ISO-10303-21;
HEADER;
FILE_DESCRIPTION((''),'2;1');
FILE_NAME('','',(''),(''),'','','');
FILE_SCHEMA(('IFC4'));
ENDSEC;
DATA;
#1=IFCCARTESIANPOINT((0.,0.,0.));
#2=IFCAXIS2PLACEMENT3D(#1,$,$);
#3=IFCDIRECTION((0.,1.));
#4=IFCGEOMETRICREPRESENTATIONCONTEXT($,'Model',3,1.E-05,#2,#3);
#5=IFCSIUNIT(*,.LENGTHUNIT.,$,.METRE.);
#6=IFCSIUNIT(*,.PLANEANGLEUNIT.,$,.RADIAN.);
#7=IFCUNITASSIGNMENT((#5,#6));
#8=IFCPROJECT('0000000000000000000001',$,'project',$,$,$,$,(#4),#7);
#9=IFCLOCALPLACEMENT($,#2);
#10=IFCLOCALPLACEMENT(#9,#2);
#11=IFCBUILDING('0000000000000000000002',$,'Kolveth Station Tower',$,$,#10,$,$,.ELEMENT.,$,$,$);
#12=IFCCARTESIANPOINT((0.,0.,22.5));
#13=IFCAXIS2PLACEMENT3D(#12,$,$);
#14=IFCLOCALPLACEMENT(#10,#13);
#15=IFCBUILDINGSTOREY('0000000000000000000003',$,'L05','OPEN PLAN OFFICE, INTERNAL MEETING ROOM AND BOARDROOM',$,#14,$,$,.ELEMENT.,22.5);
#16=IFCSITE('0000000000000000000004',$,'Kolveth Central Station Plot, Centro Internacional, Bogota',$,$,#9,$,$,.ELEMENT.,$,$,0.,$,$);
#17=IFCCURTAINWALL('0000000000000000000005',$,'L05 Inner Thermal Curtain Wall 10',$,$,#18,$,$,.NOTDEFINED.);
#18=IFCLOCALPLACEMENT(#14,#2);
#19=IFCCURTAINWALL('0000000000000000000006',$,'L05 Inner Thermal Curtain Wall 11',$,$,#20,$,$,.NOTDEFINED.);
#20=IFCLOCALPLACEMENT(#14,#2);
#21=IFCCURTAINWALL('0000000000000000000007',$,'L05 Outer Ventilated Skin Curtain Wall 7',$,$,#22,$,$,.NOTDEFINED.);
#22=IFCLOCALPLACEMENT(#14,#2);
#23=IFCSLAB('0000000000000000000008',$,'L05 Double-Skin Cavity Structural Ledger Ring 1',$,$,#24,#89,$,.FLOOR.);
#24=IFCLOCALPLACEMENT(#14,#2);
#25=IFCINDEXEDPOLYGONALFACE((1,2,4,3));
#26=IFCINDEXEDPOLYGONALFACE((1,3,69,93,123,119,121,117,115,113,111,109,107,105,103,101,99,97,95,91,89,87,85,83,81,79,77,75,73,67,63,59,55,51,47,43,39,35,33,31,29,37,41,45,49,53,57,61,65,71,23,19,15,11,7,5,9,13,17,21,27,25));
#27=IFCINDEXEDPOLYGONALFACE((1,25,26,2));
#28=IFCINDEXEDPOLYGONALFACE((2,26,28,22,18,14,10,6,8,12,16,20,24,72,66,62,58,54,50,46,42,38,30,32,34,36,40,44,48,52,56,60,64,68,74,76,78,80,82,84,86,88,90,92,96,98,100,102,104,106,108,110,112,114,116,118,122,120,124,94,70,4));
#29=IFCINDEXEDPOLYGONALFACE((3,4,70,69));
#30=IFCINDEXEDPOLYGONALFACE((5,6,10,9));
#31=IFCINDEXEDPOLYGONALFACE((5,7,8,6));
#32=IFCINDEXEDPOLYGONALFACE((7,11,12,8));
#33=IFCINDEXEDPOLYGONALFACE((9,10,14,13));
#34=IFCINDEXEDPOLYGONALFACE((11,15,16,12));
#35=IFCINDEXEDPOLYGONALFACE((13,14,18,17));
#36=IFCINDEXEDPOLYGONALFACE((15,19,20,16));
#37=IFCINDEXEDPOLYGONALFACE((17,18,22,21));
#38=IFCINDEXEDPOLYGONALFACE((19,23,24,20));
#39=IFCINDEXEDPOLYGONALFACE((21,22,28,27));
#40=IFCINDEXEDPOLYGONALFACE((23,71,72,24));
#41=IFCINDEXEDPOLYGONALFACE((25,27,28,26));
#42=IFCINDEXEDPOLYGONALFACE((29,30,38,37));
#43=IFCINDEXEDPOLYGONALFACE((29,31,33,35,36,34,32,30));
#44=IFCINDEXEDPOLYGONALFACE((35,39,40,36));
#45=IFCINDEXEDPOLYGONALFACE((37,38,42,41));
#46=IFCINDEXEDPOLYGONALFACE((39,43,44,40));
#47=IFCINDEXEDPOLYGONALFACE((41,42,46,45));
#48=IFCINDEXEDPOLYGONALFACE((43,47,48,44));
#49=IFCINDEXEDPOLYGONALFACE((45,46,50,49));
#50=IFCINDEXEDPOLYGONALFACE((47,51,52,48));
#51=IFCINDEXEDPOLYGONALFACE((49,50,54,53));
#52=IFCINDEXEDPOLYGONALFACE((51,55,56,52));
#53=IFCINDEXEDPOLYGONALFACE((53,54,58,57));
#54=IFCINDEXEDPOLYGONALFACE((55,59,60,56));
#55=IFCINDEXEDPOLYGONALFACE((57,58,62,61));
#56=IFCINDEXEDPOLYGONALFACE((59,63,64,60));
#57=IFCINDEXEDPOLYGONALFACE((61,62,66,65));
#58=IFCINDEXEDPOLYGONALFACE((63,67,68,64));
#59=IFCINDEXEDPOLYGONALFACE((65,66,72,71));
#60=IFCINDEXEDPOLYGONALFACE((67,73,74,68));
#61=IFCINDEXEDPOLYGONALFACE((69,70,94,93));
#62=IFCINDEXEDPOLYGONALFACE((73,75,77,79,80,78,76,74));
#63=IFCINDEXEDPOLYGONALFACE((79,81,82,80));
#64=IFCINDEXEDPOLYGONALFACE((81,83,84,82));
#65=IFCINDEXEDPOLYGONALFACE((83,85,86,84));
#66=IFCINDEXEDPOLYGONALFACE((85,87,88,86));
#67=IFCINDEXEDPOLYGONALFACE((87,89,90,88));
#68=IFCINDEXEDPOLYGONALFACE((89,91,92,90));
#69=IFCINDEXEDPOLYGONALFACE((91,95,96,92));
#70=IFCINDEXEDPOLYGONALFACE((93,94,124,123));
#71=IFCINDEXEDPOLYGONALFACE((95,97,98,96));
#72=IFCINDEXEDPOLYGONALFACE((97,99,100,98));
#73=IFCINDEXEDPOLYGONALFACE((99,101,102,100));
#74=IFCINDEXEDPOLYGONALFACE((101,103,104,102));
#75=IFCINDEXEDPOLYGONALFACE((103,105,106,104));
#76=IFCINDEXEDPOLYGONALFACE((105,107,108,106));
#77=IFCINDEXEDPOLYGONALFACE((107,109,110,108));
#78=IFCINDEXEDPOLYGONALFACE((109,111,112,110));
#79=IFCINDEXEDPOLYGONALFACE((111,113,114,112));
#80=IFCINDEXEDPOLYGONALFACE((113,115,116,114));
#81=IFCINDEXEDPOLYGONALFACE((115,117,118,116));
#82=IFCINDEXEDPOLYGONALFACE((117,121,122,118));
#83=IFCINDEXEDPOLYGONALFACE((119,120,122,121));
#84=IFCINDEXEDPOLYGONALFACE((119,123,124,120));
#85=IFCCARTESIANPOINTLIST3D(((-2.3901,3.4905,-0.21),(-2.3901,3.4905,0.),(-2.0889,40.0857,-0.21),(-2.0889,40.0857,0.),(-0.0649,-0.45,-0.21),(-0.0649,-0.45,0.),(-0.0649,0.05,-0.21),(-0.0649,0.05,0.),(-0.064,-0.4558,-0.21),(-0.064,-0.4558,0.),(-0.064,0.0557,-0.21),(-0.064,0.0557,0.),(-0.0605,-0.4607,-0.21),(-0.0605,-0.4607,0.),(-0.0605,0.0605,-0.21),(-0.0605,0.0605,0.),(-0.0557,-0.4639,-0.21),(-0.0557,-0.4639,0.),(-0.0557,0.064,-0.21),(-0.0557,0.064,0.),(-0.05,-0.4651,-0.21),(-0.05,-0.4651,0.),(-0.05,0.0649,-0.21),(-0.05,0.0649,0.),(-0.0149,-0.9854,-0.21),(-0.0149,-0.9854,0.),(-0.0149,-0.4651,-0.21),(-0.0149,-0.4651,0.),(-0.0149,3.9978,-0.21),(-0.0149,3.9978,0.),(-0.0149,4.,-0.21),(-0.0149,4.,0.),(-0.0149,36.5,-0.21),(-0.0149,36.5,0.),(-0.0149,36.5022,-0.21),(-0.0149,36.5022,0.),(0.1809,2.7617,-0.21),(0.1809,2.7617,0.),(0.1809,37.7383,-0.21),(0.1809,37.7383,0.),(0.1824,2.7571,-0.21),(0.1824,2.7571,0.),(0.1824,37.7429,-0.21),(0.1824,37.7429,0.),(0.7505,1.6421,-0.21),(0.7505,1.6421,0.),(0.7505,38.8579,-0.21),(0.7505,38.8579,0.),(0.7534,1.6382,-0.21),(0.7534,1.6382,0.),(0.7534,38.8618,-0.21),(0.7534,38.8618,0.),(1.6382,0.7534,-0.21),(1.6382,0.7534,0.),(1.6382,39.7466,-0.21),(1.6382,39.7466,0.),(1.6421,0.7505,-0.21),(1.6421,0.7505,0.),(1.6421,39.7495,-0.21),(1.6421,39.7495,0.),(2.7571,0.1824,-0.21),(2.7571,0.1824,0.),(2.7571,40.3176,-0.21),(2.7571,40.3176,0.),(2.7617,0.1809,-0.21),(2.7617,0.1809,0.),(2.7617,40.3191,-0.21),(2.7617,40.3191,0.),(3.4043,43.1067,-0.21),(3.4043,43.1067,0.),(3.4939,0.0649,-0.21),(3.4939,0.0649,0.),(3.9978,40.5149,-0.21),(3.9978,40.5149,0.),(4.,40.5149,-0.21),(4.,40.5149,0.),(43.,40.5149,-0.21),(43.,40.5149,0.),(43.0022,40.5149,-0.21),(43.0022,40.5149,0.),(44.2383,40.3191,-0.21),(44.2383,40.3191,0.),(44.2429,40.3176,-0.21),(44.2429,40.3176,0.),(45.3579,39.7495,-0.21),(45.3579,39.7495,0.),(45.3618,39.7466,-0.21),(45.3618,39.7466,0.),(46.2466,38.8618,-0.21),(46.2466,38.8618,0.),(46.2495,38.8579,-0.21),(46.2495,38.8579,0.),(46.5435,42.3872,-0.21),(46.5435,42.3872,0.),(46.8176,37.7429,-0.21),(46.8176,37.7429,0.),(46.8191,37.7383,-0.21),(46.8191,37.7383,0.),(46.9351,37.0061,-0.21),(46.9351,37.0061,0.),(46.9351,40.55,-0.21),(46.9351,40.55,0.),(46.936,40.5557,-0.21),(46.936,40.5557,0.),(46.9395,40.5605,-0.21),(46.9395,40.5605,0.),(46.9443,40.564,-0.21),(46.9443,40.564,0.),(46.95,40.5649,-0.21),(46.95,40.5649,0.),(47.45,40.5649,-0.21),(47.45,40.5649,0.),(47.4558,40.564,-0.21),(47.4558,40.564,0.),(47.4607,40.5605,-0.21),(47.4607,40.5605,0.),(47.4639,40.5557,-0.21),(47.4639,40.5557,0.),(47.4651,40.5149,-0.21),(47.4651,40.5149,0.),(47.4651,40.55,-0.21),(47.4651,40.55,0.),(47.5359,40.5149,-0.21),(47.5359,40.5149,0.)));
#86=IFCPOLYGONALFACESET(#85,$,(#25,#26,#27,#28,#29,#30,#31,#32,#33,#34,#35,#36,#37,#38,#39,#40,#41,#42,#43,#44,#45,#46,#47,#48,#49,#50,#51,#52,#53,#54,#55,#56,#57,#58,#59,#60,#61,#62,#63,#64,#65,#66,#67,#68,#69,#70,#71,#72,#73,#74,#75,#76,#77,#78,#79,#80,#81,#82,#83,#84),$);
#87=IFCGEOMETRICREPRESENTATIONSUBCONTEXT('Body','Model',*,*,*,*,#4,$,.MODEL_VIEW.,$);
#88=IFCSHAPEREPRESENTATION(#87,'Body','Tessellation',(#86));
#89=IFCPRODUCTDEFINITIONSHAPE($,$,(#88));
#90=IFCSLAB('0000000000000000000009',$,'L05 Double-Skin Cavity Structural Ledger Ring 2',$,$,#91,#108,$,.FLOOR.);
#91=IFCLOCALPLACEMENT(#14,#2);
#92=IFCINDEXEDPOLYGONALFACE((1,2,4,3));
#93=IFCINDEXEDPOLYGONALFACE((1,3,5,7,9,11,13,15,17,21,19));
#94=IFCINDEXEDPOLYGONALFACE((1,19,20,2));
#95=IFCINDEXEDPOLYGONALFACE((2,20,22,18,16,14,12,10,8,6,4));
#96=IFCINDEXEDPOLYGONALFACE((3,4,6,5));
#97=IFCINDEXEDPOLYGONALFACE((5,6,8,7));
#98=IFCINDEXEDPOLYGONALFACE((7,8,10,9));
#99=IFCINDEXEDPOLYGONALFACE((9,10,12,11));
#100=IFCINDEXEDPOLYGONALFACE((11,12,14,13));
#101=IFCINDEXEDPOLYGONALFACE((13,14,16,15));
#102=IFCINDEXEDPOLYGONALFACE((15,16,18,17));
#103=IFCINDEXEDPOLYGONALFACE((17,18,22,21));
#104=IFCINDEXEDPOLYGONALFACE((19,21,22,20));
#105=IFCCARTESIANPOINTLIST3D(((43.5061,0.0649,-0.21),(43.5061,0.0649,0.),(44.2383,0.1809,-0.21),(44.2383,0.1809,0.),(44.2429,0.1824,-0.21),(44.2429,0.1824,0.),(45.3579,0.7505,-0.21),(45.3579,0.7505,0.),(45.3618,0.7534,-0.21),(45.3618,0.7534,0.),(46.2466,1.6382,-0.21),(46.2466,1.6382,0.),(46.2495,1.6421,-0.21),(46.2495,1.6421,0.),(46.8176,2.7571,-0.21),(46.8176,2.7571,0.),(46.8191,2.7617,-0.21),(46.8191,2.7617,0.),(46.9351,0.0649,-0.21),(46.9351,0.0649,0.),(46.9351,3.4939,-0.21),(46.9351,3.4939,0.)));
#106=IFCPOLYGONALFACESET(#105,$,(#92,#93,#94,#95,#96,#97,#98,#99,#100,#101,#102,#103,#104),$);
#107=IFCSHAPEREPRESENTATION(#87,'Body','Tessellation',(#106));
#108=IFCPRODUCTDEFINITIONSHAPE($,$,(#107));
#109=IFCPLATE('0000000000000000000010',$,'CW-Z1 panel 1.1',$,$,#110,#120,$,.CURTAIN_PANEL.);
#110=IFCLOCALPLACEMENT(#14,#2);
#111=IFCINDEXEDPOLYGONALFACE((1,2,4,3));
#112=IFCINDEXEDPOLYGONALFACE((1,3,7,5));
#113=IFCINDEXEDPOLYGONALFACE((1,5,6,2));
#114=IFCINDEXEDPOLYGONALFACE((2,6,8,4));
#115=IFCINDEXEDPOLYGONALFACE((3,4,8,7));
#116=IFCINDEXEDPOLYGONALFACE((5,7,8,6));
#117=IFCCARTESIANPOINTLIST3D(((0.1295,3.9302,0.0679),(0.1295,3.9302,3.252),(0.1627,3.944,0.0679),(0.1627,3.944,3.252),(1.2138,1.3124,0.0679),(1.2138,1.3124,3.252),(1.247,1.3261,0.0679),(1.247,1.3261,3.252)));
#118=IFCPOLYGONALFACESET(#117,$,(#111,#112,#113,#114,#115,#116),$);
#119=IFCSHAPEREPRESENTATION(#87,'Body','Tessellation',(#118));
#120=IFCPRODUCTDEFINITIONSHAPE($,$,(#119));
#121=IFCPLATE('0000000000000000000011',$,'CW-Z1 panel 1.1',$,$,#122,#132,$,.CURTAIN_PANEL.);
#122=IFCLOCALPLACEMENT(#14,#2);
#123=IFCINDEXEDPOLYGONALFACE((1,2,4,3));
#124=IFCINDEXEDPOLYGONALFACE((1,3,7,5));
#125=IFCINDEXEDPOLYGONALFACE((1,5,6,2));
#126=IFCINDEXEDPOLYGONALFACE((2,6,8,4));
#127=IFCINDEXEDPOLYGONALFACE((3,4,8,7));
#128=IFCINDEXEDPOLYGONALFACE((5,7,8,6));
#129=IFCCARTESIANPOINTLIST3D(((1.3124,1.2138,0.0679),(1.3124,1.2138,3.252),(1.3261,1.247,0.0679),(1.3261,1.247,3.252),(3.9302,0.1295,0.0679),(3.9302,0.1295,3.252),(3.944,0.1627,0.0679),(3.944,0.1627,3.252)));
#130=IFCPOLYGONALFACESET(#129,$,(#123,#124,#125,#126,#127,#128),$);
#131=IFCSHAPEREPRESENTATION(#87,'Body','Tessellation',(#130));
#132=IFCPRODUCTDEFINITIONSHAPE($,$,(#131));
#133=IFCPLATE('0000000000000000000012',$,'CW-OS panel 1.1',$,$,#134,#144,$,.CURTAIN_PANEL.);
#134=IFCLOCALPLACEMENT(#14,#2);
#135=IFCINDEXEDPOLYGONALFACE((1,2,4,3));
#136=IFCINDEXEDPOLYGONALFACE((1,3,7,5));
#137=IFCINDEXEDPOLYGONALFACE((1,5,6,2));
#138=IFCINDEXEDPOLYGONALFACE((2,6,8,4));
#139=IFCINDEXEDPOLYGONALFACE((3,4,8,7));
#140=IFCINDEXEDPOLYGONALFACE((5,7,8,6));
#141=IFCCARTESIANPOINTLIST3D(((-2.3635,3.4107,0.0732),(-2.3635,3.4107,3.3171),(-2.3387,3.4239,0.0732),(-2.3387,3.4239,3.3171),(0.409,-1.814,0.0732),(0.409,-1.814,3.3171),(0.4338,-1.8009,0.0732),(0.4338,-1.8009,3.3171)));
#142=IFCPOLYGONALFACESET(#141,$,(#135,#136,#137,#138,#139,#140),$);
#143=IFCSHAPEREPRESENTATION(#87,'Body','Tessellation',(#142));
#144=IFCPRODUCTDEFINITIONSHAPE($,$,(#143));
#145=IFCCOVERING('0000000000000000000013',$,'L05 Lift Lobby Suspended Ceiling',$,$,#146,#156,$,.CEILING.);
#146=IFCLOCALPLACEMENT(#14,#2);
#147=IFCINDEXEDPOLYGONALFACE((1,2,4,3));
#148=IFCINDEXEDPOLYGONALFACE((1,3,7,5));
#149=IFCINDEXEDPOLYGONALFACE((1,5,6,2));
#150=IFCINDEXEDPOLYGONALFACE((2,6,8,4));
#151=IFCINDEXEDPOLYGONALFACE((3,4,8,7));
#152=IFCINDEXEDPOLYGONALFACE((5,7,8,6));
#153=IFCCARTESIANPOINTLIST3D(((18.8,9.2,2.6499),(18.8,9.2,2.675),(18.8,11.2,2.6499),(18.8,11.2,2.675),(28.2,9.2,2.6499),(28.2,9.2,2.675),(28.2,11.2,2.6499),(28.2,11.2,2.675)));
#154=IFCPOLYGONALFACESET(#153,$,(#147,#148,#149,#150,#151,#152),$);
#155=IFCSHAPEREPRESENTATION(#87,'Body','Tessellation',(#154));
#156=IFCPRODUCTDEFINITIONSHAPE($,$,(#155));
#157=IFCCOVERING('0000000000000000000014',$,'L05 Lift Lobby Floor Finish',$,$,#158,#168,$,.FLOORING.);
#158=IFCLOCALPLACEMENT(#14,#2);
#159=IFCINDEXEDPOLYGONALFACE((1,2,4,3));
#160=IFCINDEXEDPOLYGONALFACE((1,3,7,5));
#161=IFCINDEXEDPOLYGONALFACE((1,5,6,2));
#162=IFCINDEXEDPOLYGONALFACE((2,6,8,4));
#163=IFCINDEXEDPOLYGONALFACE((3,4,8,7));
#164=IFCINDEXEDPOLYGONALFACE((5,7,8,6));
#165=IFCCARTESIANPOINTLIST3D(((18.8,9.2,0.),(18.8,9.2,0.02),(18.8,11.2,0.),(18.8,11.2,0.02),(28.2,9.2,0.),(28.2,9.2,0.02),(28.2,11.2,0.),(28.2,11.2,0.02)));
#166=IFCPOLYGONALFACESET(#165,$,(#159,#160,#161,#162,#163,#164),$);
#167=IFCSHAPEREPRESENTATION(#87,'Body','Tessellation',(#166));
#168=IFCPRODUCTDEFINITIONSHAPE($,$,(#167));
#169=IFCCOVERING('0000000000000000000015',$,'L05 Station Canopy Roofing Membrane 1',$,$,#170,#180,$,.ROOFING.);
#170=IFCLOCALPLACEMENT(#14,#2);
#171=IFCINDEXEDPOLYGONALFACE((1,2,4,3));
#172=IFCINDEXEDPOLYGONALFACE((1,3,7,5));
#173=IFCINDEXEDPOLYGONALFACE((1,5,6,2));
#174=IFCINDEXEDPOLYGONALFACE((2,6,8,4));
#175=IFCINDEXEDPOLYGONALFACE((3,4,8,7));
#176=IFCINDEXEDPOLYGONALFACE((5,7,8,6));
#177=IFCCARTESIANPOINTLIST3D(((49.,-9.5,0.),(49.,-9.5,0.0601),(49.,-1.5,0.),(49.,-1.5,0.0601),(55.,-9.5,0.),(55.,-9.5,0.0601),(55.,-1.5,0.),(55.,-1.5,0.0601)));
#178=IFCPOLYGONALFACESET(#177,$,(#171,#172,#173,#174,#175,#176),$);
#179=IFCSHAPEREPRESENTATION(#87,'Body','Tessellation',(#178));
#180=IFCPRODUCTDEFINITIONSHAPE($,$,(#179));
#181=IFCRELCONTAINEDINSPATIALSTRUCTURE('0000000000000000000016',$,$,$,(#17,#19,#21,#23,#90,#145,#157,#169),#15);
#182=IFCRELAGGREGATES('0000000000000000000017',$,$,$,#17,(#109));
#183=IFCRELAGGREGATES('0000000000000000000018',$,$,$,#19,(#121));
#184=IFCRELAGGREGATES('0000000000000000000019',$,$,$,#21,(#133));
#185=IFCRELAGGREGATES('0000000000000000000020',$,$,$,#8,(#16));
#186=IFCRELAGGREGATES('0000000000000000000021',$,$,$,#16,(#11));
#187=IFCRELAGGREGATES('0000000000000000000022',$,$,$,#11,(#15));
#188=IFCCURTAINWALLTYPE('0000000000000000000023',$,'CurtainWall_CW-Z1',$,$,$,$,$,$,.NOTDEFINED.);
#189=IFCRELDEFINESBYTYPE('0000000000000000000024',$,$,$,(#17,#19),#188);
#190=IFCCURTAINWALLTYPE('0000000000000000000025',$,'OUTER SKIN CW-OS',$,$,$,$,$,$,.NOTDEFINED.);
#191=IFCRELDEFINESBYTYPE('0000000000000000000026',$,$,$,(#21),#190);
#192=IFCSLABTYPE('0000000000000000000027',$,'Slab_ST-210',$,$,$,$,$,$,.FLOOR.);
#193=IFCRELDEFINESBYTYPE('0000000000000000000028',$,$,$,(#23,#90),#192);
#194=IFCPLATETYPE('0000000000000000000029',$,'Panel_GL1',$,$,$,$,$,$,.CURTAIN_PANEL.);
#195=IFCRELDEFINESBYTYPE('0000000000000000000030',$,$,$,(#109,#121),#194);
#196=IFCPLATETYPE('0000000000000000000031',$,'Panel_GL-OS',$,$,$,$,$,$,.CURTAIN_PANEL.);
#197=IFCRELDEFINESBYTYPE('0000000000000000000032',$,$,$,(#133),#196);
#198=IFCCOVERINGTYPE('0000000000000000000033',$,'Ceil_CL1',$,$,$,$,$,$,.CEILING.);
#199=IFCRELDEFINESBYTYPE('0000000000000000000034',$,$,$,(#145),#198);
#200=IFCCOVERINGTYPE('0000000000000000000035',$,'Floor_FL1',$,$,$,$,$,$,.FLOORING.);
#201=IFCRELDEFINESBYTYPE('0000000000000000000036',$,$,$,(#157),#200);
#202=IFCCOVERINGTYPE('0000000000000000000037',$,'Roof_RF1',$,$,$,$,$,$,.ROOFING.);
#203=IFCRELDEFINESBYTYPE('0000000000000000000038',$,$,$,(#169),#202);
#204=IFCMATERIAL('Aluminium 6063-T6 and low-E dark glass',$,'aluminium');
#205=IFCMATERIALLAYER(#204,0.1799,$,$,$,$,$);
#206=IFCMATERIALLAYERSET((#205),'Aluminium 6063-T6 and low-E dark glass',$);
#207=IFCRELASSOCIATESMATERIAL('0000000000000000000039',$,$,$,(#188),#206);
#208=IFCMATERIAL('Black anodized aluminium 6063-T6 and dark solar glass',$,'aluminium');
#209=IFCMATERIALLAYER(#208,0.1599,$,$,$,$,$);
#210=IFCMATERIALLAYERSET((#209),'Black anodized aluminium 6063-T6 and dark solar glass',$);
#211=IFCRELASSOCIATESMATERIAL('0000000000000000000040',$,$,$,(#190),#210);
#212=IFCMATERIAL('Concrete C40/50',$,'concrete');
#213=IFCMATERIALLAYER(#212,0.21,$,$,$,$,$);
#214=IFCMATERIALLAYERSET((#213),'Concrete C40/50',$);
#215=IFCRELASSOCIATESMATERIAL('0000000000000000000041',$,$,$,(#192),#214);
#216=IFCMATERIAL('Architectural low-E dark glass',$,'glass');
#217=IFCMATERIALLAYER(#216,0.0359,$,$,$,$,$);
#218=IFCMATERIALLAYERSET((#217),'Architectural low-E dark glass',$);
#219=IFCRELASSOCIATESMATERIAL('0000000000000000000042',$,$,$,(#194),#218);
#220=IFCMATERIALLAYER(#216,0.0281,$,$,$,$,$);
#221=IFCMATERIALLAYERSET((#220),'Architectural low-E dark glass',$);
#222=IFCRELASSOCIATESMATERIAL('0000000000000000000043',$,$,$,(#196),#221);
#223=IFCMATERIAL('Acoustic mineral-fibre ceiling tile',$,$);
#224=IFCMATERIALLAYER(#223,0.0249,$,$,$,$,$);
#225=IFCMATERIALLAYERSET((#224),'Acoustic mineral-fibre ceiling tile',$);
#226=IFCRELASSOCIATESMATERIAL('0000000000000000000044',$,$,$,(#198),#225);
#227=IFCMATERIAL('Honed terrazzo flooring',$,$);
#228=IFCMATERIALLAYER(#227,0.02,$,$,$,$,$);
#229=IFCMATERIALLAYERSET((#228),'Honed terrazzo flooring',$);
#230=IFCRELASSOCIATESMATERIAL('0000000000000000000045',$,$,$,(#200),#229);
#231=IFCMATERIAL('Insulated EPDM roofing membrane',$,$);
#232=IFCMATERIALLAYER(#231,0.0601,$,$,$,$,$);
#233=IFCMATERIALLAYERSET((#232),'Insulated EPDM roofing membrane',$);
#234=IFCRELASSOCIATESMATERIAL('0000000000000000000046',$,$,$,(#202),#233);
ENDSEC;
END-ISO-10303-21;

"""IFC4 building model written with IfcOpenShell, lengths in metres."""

from ifc_helpers import new_model, si_unit, direction, frame, origin, origin_2d, place, context, subcontext, project, spatial, polyline, rectangle, outline, extrude, source, transform, mapped, material, layer, layer_set, type_object, element, aggregate, save


model = new_model("IFC4")

# Units and contexts
model_context = context("Model", 3, precision=1e-05, world=origin(), true_north=direction((0.0, 1.0)))
body_context = subcontext(model_context, "Body", "Model", "MODEL_VIEW")
ifc_project = project(units=[si_unit("LENGTHUNIT", "METRE"), si_unit("PLANEANGLEUNIT", "RADIAN")], contexts=[model_context])

# Site, building, storey
site_placement = place(None, origin())
site = spatial("IfcSite", under=ifc_project, at=site_placement, Name="Kolveth Central Station Plot, Centro Internacional, Bogota", CompositionType="ELEMENT", RefElevation=0.0)
building_placement = place(site_placement, origin())
building = spatial("IfcBuilding", under=site, at=building_placement, Name="Kolveth Station Tower", CompositionType="ELEMENT")
storey_placement = place(building_placement, frame((0.0, 0.0, 22.5)))
storey = spatial("IfcBuildingStorey", under=building, at=storey_placement, Name="L05", Description="OPEN PLAN OFFICE, INTERNAL MEETING ROOM AND BOARDROOM", CompositionType="ELEMENT", Elevation=22.5)

# Curtain wall
ifc_material_1 = material(Name="Aluminium 6063-T6 and low-E dark glass", Category="aluminium")
ifc_layer_1 = layer(ifc_material_1, 0.1799)
ifc_layer_set_1 = layer_set([ifc_layer_1], Name="Aluminium 6063-T6 and low-E dark glass")
curtain_wall_type_1 = type_object("IfcCurtainWallType", Name="CurtainWall_CW-Z1", PredefinedType="NOTDEFINED", material=ifc_layer_set_1)
curtain_wall_1_placement = place(storey_placement, origin())
curtain_wall_1 = element("IfcCurtainWall", 1, at=curtain_wall_1_placement, inside=storey, type_object=curtain_wall_type_1, Name="L05 Inner Thermal Curtain Wall 10", PredefinedType="NOTDEFINED")

# Curtain wall
curtain_wall_2_placement = place(storey_placement, origin())
curtain_wall_2 = element("IfcCurtainWall", 2, at=curtain_wall_2_placement, inside=storey, type_object=curtain_wall_type_1, Name="L05 Inner Thermal Curtain Wall 11", PredefinedType="NOTDEFINED")

# Curtain wall
ifc_material_2 = material(Name="Black anodized aluminium 6063-T6 and dark solar glass", Category="aluminium")
ifc_layer_2 = layer(ifc_material_2, 0.1599)
ifc_layer_set_2 = layer_set([ifc_layer_2], Name="Black anodized aluminium 6063-T6 and dark solar glass")
curtain_wall_type_2 = type_object("IfcCurtainWallType", Name="OUTER SKIN CW-OS", PredefinedType="NOTDEFINED", material=ifc_layer_set_2)
curtain_wall_3_placement = place(storey_placement, origin())
curtain_wall_3 = element("IfcCurtainWall", 3, at=curtain_wall_3_placement, inside=storey, type_object=curtain_wall_type_2, Name="L05 Outer Ventilated Skin Curtain Wall 7", PredefinedType="NOTDEFINED")

# Shared definitions
ifc_material_3 = material(Name="Concrete C40/50", Category="concrete")

# Slabs
ifc_layer_3 = layer(ifc_material_3, 0.21)
ifc_layer_set_3 = layer_set([ifc_layer_3], Name="Concrete C40/50")
slab_type_1 = type_object("IfcSlabType", Name="Slab_ST-210", PredefinedType="FLOOR", material=ifc_layer_set_3)
slab_1_placement = place(storey_placement, frame((0.0, 0.0, -0.21)))
element("IfcSlab", 4, at=slab_1_placement, inside=storey, type_object=slab_type_1, Name="L05 Double-Skin Cavity Structural Ledger Ring 1", PredefinedType="FLOOR", context=body_context, shape_type="SweptSolid", body=[
    extrude(outline(polyline([(-2.3901, 3.4905), (-2.0889, 40.0857), (3.4043, 43.1067), (46.5435, 42.3872), (47.5359, 40.5149), (47.4651, 40.5149), (47.4651, 40.55), (47.4639, 40.5557), (47.4607, 40.5605), (47.4558, 40.564), (47.45, 40.5649), (46.95, 40.5649), (46.9443, 40.564), (46.9395, 40.5605), (46.936, 40.5557), (46.9351, 40.55), (46.9351, 37.0061), (46.8191, 37.7383), (46.8176, 37.7429), (46.2495, 38.8579), (46.2466, 38.8618), (45.3618, 39.7466), (45.3579, 39.7495), (44.2429, 40.3176), (44.2383, 40.3191), (43.0022, 40.5149), (43.0, 40.5149), (4.0, 40.5149), (3.9978, 40.5149), (2.7617, 40.3191), (2.7571, 40.3176), (1.6421, 39.7495), (1.6382, 39.7466), (0.7534, 38.8618), (0.7505, 38.8579), (0.1824, 37.7429), (0.1809, 37.7383), (-0.0149, 36.5022), (-0.0149, 36.5), (-0.0149, 4.0), (-0.0149, 3.9978), (0.1809, 2.7617), (0.1824, 2.7571), (0.7505, 1.6421), (0.7534, 1.6382), (1.6382, 0.7534), (1.6421, 0.7505), (2.7571, 0.1824), (2.7617, 0.1809), (3.4939, 0.0649), (-0.05, 0.0649), (-0.0557, 0.064), (-0.0605, 0.0605), (-0.064, 0.0557), (-0.0649, 0.05), (-0.0649, -0.45), (-0.064, -0.4558), (-0.0605, -0.4607), (-0.0557, -0.4639), (-0.05, -0.4651), (-0.0149, -0.4651), (-0.0149, -0.9854), (-2.3901, 3.4905)])), origin(), (0.0, 0.0, 1.0), 0.21),
])
slab_2_placement = place(storey_placement, frame((0.0, 0.0, -0.21)))
element("IfcSlab", 5, at=slab_2_placement, inside=storey, type_object=slab_type_1, Name="L05 Double-Skin Cavity Structural Ledger Ring 2", PredefinedType="FLOOR", context=body_context, shape_type="SweptSolid", body=[
    extrude(outline(polyline([(43.5061, 0.0649), (44.2383, 0.1809), (44.2429, 0.1824), (45.3579, 0.7505), (45.3618, 0.7534), (46.2466, 1.6382), (46.2495, 1.6421), (46.8176, 2.7571), (46.8191, 2.7617), (46.9351, 3.4939), (46.9351, 0.0649), (43.5061, 0.0649)])), origin(), (0.0, 0.0, 1.0), 0.21),
])

# Plates
ifc_material_4 = material(Name="Architectural low-E dark glass", Category="glass")
ifc_layer_4 = layer(ifc_material_4, 0.0359)
ifc_layer_set_4 = layer_set([ifc_layer_4], Name="Architectural low-E dark glass")
plate_type_1 = type_object("IfcPlateType", Name="Panel_GL1", PredefinedType="CURTAIN_PANEL", material=ifc_layer_set_4)
shared_shape_1 = source(origin(), body_context, "Body", "SweptSolid", [
    extrude(rectangle(XDim=2.8335, YDim=0.0359, at=origin_2d()), origin(), (0.0, 0.0, 1.0), 3.1841),
])
plate_1_placement = place(storey_placement, frame((0.6882, 2.6282, 0.0679), z_axis=(0.0, 0.0, 1.0), x_axis=(0.382673, -0.923884, 0.0)))
plate_1 = element("IfcPlate", 6, at=plate_1_placement, type_object=plate_type_1, Name="CW-Z1 panel 1.1", PredefinedType="CURTAIN_PANEL", context=body_context, shape_type="MappedRepresentation", body=[
    mapped(shared_shape_1, transform((0.0, 0.0, 0.0), x_axis=(1.0, 0.0, 0.0), y_axis=(0.0, 1.0, 0.0), z_axis=(0.0, 0.0, 1.0), scale=1.0)),
])
aggregate(curtain_wall_1, [plate_1])
plate_2_placement = place(storey_placement, frame((2.6282, 0.6882, 0.0679), z_axis=(0.0, 0.0, 1.0), x_axis=(0.923884, -0.382673, 0.0)))
plate_2 = element("IfcPlate", 7, at=plate_2_placement, type_object=plate_type_1, Name="CW-Z1 panel 1.1", PredefinedType="CURTAIN_PANEL", context=body_context, shape_type="MappedRepresentation", body=[
    mapped(shared_shape_1, transform((0.0, 0.0, 0.0), x_axis=(1.0, 0.0, 0.0), y_axis=(0.0, 1.0, 0.0), z_axis=(0.0, 0.0, 1.0), scale=1.0)),
])
aggregate(curtain_wall_2, [plate_2])
ifc_layer_5 = layer(ifc_material_4, 0.0281)
ifc_layer_set_5 = layer_set([ifc_layer_5], Name="Architectural low-E dark glass")
plate_type_2 = type_object("IfcPlateType", Name="Panel_GL-OS", PredefinedType="CURTAIN_PANEL", material=ifc_layer_set_5)
shared_shape_2 = source(origin(), body_context, "Body", "SweptSolid", [
    extrude(rectangle(XDim=5.9148, YDim=0.0281, at=origin_2d()), origin(), (0.0, 0.0, 1.0), 3.2439),
])
plate_3_placement = place(storey_placement, frame((-0.9648, 0.8049, 0.0732), z_axis=(0.0, 0.0, 1.0), x_axis=(0.468738, -0.883337, 0.0)))
plate_3 = element("IfcPlate", 8, at=plate_3_placement, type_object=plate_type_2, Name="CW-OS panel 1.1", PredefinedType="CURTAIN_PANEL", context=body_context, shape_type="MappedRepresentation", body=[
    mapped(shared_shape_2, transform((0.0, 0.0, 0.0), x_axis=(1.0, 0.0, 0.0), y_axis=(0.0, 1.0, 0.0), z_axis=(0.0, 0.0, 1.0), scale=1.0)),
])
aggregate(curtain_wall_3, [plate_3])

# Coverings
ifc_material_5 = material(Name="Acoustic mineral-fibre ceiling tile")
ifc_layer_6 = layer(ifc_material_5, 0.0249)
ifc_layer_set_6 = layer_set([ifc_layer_6], Name="Acoustic mineral-fibre ceiling tile")
covering_type_1 = type_object("IfcCoveringType", Name="Ceil_CL1", PredefinedType="CEILING", material=ifc_layer_set_6)
covering_1_placement = place(storey_placement, frame((0.0, 0.0, 2.6499)))
element("IfcCovering", 9, at=covering_1_placement, inside=storey, type_object=covering_type_1, Name="L05 Lift Lobby Suspended Ceiling", PredefinedType="CEILING", context=body_context, shape_type="SweptSolid", body=[
    extrude(outline(polyline([(18.8, 9.2), (28.2, 9.2), (28.2, 11.2), (18.8, 11.2), (18.8, 9.2)])), origin(), (0.0, 0.0, 1.0), 0.0251),
])
ifc_material_6 = material(Name="Honed terrazzo flooring")
ifc_layer_7 = layer(ifc_material_6, 0.02)
ifc_layer_set_7 = layer_set([ifc_layer_7], Name="Honed terrazzo flooring")
covering_type_2 = type_object("IfcCoveringType", Name="Floor_FL1", PredefinedType="FLOORING", material=ifc_layer_set_7)
covering_2_placement = place(storey_placement, origin())
element("IfcCovering", 10, at=covering_2_placement, inside=storey, type_object=covering_type_2, Name="L05 Lift Lobby Floor Finish", PredefinedType="FLOORING", context=body_context, shape_type="SweptSolid", body=[
    extrude(outline(polyline([(18.8, 9.2), (28.2, 9.2), (28.2, 11.2), (18.8, 11.2), (18.8, 9.2)])), origin(), (0.0, 0.0, 1.0), 0.02),
])
ifc_material_7 = material(Name="Insulated EPDM roofing membrane")
ifc_layer_8 = layer(ifc_material_7, 0.0601)
ifc_layer_set_8 = layer_set([ifc_layer_8], Name="Insulated EPDM roofing membrane")
covering_type_3 = type_object("IfcCoveringType", Name="Roof_RF1", PredefinedType="ROOFING", material=ifc_layer_set_8)
covering_3_placement = place(storey_placement, origin())
element("IfcCovering", 11, at=covering_3_placement, inside=storey, type_object=covering_type_3, Name="L05 Station Canopy Roofing Membrane 1", PredefinedType="ROOFING", context=body_context, shape_type="SweptSolid", body=[
    extrude(outline(polyline([(49.0, -9.5), (55.0, -9.5), (55.0, -1.5), (49.0, -1.5), (49.0, -9.5)])), origin(), (0.0, 0.0, 1.0), 0.0601),
])

save(model, "model.ifc")
